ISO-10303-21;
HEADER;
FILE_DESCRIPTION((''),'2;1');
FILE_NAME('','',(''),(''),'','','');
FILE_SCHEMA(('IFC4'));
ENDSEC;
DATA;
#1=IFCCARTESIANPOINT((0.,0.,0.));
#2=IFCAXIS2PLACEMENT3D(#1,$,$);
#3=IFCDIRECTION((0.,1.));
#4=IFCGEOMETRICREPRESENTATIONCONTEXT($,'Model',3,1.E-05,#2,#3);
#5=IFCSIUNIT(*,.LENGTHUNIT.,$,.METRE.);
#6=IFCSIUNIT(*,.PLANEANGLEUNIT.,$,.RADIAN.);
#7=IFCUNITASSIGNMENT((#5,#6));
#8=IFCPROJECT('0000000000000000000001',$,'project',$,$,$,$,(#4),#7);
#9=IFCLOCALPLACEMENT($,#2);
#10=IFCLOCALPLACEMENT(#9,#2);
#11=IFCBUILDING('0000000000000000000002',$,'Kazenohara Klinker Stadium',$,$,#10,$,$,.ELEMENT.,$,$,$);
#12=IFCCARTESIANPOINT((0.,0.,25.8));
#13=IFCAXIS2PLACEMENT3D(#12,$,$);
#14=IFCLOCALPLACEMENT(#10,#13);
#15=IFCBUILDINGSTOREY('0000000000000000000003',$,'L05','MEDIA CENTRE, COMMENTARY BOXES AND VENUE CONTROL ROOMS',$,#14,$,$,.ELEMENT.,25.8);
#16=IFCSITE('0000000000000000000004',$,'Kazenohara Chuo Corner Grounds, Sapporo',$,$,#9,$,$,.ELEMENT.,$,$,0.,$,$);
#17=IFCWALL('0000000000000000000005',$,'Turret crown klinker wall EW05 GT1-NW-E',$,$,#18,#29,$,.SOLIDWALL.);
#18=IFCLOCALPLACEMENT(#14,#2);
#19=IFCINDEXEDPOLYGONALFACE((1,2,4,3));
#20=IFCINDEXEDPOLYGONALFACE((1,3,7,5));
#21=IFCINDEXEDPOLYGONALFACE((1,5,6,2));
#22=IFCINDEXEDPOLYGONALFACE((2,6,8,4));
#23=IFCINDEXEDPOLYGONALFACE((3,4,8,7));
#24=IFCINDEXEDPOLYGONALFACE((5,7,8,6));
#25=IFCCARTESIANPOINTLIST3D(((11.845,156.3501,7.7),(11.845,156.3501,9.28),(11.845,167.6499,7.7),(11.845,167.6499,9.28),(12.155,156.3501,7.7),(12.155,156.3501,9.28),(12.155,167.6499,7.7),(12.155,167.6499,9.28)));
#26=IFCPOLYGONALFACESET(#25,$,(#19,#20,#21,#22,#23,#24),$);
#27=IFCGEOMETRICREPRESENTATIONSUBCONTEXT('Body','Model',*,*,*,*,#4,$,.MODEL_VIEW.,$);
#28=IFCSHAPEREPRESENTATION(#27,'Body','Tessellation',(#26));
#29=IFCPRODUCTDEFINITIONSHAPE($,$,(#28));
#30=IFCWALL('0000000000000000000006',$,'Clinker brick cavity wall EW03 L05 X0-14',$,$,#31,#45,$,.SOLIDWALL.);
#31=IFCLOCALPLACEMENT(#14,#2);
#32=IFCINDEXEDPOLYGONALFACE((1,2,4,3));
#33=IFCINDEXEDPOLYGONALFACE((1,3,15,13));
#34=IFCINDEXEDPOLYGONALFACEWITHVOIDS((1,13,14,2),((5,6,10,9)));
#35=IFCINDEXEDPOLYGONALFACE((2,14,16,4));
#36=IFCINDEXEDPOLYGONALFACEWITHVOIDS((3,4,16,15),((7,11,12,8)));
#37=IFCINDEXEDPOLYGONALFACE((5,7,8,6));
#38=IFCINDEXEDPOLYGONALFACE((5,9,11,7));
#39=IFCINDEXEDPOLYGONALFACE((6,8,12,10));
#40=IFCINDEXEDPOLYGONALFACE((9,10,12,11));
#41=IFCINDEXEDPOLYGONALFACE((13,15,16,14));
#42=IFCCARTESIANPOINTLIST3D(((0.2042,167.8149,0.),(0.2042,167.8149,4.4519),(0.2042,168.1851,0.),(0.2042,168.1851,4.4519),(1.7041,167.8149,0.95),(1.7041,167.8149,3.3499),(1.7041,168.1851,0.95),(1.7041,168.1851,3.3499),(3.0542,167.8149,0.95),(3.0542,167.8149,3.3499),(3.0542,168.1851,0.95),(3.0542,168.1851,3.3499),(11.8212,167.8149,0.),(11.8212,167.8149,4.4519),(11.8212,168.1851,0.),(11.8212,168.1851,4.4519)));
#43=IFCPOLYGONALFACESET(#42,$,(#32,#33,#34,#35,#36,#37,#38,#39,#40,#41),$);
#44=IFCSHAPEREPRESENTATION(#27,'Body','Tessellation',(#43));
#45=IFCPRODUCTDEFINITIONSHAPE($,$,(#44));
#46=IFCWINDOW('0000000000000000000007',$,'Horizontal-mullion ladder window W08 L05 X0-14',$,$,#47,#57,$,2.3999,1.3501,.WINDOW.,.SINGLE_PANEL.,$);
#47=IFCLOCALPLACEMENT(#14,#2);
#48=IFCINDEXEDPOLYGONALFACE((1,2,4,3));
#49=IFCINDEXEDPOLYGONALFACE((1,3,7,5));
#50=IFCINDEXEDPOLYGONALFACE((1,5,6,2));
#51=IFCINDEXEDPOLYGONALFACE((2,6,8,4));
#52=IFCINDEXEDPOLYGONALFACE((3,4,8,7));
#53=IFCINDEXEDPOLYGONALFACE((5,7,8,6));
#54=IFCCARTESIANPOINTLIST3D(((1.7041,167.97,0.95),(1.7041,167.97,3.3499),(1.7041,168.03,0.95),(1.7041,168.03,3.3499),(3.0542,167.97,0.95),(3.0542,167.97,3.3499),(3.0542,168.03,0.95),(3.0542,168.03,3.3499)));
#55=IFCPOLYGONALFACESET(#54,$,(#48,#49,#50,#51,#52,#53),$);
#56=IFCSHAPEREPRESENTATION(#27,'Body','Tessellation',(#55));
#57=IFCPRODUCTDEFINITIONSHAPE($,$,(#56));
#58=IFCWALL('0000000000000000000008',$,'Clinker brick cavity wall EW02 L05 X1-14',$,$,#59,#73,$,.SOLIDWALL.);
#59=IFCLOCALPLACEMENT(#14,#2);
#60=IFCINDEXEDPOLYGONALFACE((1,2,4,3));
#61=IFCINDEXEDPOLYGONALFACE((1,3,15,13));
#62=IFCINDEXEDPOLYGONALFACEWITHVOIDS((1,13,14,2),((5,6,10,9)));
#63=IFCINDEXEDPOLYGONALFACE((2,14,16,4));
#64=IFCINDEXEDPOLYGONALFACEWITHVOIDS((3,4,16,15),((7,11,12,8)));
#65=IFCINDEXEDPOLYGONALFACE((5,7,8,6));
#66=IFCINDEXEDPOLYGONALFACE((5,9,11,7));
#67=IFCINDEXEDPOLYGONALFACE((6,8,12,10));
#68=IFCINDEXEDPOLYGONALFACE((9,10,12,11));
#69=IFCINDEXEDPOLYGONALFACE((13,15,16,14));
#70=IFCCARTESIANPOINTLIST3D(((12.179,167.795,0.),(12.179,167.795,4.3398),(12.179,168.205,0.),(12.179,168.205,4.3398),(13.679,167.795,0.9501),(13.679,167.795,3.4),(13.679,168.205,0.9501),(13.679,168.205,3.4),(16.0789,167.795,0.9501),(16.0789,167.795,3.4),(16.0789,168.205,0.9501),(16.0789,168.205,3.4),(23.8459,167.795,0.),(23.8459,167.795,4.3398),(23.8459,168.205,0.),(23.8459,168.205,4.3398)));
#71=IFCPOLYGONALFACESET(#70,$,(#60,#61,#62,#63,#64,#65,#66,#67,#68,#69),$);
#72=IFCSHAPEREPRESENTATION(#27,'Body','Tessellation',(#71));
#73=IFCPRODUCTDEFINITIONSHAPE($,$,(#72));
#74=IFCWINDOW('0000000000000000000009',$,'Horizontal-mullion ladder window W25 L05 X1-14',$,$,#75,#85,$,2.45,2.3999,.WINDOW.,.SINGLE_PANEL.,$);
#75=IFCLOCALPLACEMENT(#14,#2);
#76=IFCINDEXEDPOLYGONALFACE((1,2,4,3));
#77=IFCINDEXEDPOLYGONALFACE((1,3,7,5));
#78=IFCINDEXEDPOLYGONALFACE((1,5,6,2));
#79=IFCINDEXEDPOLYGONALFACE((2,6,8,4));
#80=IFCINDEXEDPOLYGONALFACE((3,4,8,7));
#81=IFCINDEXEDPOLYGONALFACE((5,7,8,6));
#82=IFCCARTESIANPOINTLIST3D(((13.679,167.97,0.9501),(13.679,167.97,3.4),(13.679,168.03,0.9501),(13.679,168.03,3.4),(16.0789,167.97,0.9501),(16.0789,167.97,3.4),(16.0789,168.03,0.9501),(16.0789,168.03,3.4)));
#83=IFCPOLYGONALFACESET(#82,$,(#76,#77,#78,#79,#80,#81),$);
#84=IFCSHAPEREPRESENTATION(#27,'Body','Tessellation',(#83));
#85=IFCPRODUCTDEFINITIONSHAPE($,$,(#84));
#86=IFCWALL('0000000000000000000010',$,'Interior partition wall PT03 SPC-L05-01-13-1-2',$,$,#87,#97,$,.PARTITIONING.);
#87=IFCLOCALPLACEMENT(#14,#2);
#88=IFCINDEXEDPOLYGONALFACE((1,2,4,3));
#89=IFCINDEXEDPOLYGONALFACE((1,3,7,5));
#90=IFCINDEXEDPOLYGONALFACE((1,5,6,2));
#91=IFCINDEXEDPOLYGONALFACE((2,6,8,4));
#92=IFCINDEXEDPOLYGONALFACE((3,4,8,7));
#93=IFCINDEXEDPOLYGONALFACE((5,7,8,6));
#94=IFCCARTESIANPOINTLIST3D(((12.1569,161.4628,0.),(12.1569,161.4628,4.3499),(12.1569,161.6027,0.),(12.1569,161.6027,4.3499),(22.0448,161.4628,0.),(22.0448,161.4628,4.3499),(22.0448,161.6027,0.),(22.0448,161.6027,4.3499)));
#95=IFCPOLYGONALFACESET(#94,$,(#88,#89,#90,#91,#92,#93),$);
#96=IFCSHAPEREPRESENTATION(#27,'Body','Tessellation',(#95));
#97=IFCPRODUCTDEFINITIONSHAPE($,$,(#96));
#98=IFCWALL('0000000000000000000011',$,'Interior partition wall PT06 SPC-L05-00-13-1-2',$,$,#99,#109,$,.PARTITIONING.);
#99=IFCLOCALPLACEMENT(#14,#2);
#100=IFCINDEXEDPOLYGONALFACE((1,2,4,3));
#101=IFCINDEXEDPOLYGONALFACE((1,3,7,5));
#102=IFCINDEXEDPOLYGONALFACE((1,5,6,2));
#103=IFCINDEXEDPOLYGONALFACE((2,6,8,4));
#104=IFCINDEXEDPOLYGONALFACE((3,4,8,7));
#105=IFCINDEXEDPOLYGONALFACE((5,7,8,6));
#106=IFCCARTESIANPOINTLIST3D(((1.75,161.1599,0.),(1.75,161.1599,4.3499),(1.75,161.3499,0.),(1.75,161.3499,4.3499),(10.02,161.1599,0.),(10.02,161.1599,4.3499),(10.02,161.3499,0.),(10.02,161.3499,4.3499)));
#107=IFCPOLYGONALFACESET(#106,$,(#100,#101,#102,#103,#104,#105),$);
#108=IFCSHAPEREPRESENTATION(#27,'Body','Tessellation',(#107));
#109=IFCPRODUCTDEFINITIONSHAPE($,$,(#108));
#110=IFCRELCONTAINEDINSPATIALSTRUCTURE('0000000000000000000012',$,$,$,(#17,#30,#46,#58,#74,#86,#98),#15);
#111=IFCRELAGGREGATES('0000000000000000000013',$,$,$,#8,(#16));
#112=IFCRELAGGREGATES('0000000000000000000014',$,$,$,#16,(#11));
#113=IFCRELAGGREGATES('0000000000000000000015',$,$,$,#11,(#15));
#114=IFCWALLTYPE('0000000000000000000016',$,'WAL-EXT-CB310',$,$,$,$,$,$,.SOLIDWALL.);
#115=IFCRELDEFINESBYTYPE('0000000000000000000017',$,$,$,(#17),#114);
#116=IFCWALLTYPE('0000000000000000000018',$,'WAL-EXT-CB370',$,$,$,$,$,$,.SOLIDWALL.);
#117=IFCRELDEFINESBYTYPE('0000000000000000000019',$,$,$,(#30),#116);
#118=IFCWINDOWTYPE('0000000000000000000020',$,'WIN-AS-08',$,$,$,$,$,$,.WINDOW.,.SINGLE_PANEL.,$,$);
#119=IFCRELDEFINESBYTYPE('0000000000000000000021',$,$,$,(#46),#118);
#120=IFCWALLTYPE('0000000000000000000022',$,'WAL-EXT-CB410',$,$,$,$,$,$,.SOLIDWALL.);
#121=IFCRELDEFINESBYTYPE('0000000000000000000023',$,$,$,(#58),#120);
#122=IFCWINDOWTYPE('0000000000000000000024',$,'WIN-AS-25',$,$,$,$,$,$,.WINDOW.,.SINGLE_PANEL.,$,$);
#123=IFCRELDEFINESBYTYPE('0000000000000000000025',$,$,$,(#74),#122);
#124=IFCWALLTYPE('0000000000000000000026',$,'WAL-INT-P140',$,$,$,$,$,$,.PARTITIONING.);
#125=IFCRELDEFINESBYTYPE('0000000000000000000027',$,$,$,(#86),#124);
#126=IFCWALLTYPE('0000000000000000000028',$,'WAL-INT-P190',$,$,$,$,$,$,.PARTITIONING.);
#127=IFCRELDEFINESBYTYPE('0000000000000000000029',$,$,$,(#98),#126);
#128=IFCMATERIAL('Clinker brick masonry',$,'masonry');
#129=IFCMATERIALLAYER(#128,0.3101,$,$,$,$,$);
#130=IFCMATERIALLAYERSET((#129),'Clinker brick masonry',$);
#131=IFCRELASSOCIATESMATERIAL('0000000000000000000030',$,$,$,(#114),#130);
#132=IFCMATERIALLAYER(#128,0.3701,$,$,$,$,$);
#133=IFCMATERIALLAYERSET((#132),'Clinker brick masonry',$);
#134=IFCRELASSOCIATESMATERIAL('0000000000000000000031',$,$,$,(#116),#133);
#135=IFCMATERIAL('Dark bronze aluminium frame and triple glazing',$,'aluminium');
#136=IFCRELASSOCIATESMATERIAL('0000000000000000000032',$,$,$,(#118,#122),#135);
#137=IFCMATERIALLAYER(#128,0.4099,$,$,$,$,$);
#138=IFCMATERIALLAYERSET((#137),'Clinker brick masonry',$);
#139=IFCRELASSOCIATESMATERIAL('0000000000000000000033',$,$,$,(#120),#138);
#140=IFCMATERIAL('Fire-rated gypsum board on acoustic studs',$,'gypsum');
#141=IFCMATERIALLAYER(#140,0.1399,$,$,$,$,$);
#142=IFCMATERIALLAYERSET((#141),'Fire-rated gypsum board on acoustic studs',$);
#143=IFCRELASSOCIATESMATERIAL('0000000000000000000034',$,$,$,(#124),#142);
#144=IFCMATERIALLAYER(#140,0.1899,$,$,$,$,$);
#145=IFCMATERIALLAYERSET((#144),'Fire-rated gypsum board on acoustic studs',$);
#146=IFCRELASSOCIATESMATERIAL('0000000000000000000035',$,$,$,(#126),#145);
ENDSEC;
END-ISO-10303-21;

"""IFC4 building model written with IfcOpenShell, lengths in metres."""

from ifc_helpers import new_model, si_unit, direction, frame, frame_2d, origin, place, context, subcontext, project, spatial, rectangle, extrude, material, layer, layer_set, type_object, element, fill, save


model = new_model("IFC4")

# Units and contexts
model_context = context("Model", 3, precision=1e-05, world=origin(), true_north=direction((0.0, 1.0)))
body_context = subcontext(model_context, "Body", "Model", "MODEL_VIEW")
ifc_project = project(units=[si_unit("LENGTHUNIT", "METRE"), si_unit("PLANEANGLEUNIT", "RADIAN")], contexts=[model_context])

# Site, building, storey
site_placement = place(None, origin())
site = spatial("IfcSite", under=ifc_project, at=site_placement, Name="Kazenohara Chuo Corner Grounds, Sapporo", CompositionType="ELEMENT", RefElevation=0.0)
building_placement = place(site_placement, origin())
building = spatial("IfcBuilding", under=site, at=building_placement, Name="Kazenohara Klinker Stadium", CompositionType="ELEMENT")
storey_placement = place(building_placement, frame((0.0, 0.0, 25.8)))
storey = spatial("IfcBuildingStorey", under=building, at=storey_placement, Name="L05", Description="MEDIA CENTRE, COMMENTARY BOXES AND VENUE CONTROL ROOMS", CompositionType="ELEMENT", Elevation=25.8)

# Shared definitions
ifc_material_1 = material(Name="Clinker brick masonry", Category="masonry")
ifc_layer_1 = layer(ifc_material_1, 0.3101)
ifc_layer_set_1 = layer_set([ifc_layer_1], Name="Clinker brick masonry")
wall_type_1 = type_object("IfcWallType", Name="WAL-EXT-CB310", PredefinedType="SOLIDWALL", material=ifc_layer_set_1)
ifc_material_2 = material(Name="Dark bronze aluminium frame and triple glazing", Category="aluminium")

# Wall
wall_1_placement = place(storey_placement, frame((12.0, 156.3501, 7.7), z_axis=(0.0, 0.0, 1.0), x_axis=(0.0, 1.0, 0.0)))
element("IfcWall", 1, at=wall_1_placement, inside=storey, type_object=wall_type_1, Name="Turret crown klinker wall EW05 GT1-NW-E", PredefinedType="SOLIDWALL", context=body_context, shape_type="SweptSolid", body=[
    extrude(rectangle(XDim=11.2998, YDim=0.3101, at=frame_2d((5.6499, 0.0))), origin(), (0.0, 0.0, 1.0), 1.5801),
])

# Walls, openings, windows
ifc_layer_2 = layer(ifc_material_1, 0.3701)
ifc_layer_set_2 = layer_set([ifc_layer_2], Name="Clinker brick masonry")
wall_type_2 = type_object("IfcWallType", Name="WAL-EXT-CB370", PredefinedType="SOLIDWALL", material=ifc_layer_set_2)
wall_2_placement = place(storey_placement, frame((0.2041, 168.0, 0.0), z_axis=(0.0, 0.0, 1.0), x_axis=(1.0, 0.0, 0.0)))
wall_2 = element("IfcWall", 2, at=wall_2_placement, inside=storey, type_object=wall_type_2, Name="Clinker brick cavity wall EW03 L05 X0-14", PredefinedType="SOLIDWALL", context=body_context, shape_type="SweptSolid", body=[
    extrude(rectangle(XDim=11.6169, YDim=0.3701, at=frame_2d((5.8086, 0.0))), origin(), (0.0, 0.0, 1.0), 4.4519),
])
opening_1_placement = place(wall_2_placement, frame((1.5, 0.0, 0.95)))
opening_1 = element("IfcOpeningElement", 3, at=opening_1_placement, cuts=wall_2, PredefinedType="OPENING", context=body_context, shape_type="SweptSolid", body=[
    extrude(rectangle(XDim=1.3501, YDim=2.3999, at=frame_2d((0.675, 1.2))), frame((0.0, 0.1951, 0.0), z_axis=(0.0, -1.0, 0.0), x_axis=(1.0, 0.0, 0.0)), (0.0, 0.0, 1.0), 0.3901),
])
window_type_1 = type_object("IfcWindowType", Name="WIN-AS-08", PartitioningType="SINGLE_PANEL", PredefinedType="WINDOW", material=ifc_material_2)
window_1_placement = place(opening_1_placement, origin())
window_1 = element("IfcWindow", 4, at=window_1_placement, inside=storey, type_object=window_type_1, Name="Horizontal-mullion ladder window W08 L05 X0-14", OverallHeight=2.3999, OverallWidth=1.3501, PartitioningType="SINGLE_PANEL", PredefinedType="WINDOW", context=body_context, shape_type="SweptSolid", body=[
    extrude(rectangle(XDim=1.3501, YDim=2.3999, at=frame_2d((0.675, 1.2))), frame((0.0, 0.03, 0.0), z_axis=(0.0, -1.0, 0.0), x_axis=(1.0, 0.0, 0.0)), (0.0, 0.0, 1.0), 0.0601),
])
fill(opening_1, window_1)
ifc_layer_3 = layer(ifc_material_1, 0.4099)
ifc_layer_set_3 = layer_set([ifc_layer_3], Name="Clinker brick masonry")
wall_type_3 = type_object("IfcWallType", Name="WAL-EXT-CB410", PredefinedType="SOLIDWALL", material=ifc_layer_set_3)
wall_3_placement = place(storey_placement, frame((12.179, 168.0, 0.0), z_axis=(0.0, 0.0, 1.0), x_axis=(1.0, 0.0, 0.0)))
wall_3 = element("IfcWall", 5, at=wall_3_placement, inside=storey, type_object=wall_type_3, Name="Clinker brick cavity wall EW02 L05 X1-14", PredefinedType="SOLIDWALL", context=body_context, shape_type="SweptSolid", body=[
    extrude(rectangle(XDim=11.667, YDim=0.4099, at=frame_2d((5.8335, 0.0))), origin(), (0.0, 0.0, 1.0), 4.3398),
])
opening_2_placement = place(wall_3_placement, frame((1.5, 0.0, 0.95)))
opening_2 = element("IfcOpeningElement", 6, at=opening_2_placement, cuts=wall_3, PredefinedType="OPENING", context=body_context, shape_type="SweptSolid", body=[
    extrude(rectangle(XDim=2.3999, YDim=2.45, at=frame_2d((1.2, 1.2251))), frame((0.0, 0.2148, 0.0), z_axis=(0.0, -1.0, 0.0), x_axis=(1.0, 0.0, 0.0)), (0.0, 0.0, 1.0), 0.4299),
])
window_type_2 = type_object("IfcWindowType", Name="WIN-AS-25", PartitioningType="SINGLE_PANEL", PredefinedType="WINDOW", material=ifc_material_2)
window_2_placement = place(opening_2_placement, origin())
window_2 = element("IfcWindow", 7, at=window_2_placement, inside=storey, type_object=window_type_2, Name="Horizontal-mullion ladder window W25 L05 X1-14", OverallHeight=2.45, OverallWidth=2.3999, PartitioningType="SINGLE_PANEL", PredefinedType="WINDOW", context=body_context, shape_type="SweptSolid", body=[
    extrude(rectangle(XDim=2.3999, YDim=2.45, at=frame_2d((1.2, 1.2251))), frame((0.0, 0.03, 0.0), z_axis=(0.0, -1.0, 0.0), x_axis=(1.0, 0.0, 0.0)), (0.0, 0.0, 1.0), 0.0601),
])
fill(opening_2, window_2)

# Walls
ifc_material_3 = material(Name="Fire-rated gypsum board on acoustic studs", Category="gypsum")
ifc_layer_4 = layer(ifc_material_3, 0.1399)
ifc_layer_set_4 = layer_set([ifc_layer_4], Name="Fire-rated gypsum board on acoustic studs")
wall_type_4 = type_object("IfcWallType", Name="WAL-INT-P140", PredefinedType="PARTITIONING", material=ifc_layer_set_4)
wall_4_placement = place(storey_placement, frame((12.157, 161.5327, 0.0), z_axis=(0.0, 0.0, 1.0), x_axis=(1.0, 0.0, 0.0)))
element("IfcWall", 8, at=wall_4_placement, inside=storey, type_object=wall_type_4, Name="Interior partition wall PT03 SPC-L05-01-13-1-2", PredefinedType="PARTITIONING", context=body_context, shape_type="SweptSolid", body=[
    extrude(rectangle(XDim=9.8879, YDim=0.1399, at=frame_2d((4.9438, 0.0))), origin(), (0.0, 0.0, 1.0), 4.3499),
])
ifc_layer_5 = layer(ifc_material_3, 0.1899)
ifc_layer_set_5 = layer_set([ifc_layer_5], Name="Fire-rated gypsum board on acoustic studs")
wall_type_5 = type_object("IfcWallType", Name="WAL-INT-P190", PredefinedType="PARTITIONING", material=ifc_layer_set_5)
wall_5_placement = place(storey_placement, frame((1.75, 161.2549, 0.0), z_axis=(0.0, 0.0, 1.0), x_axis=(1.0, 0.0, 0.0)))
element("IfcWall", 9, at=wall_5_placement, inside=storey, type_object=wall_type_5, Name="Interior partition wall PT06 SPC-L05-00-13-1-2", PredefinedType="PARTITIONING", context=body_context, shape_type="SweptSolid", body=[
    extrude(rectangle(XDim=8.27, YDim=0.1899, at=frame_2d((4.135, 0.0))), origin(), (0.0, 0.0, 1.0), 4.3499),
])

save(model, "model.ifc")
